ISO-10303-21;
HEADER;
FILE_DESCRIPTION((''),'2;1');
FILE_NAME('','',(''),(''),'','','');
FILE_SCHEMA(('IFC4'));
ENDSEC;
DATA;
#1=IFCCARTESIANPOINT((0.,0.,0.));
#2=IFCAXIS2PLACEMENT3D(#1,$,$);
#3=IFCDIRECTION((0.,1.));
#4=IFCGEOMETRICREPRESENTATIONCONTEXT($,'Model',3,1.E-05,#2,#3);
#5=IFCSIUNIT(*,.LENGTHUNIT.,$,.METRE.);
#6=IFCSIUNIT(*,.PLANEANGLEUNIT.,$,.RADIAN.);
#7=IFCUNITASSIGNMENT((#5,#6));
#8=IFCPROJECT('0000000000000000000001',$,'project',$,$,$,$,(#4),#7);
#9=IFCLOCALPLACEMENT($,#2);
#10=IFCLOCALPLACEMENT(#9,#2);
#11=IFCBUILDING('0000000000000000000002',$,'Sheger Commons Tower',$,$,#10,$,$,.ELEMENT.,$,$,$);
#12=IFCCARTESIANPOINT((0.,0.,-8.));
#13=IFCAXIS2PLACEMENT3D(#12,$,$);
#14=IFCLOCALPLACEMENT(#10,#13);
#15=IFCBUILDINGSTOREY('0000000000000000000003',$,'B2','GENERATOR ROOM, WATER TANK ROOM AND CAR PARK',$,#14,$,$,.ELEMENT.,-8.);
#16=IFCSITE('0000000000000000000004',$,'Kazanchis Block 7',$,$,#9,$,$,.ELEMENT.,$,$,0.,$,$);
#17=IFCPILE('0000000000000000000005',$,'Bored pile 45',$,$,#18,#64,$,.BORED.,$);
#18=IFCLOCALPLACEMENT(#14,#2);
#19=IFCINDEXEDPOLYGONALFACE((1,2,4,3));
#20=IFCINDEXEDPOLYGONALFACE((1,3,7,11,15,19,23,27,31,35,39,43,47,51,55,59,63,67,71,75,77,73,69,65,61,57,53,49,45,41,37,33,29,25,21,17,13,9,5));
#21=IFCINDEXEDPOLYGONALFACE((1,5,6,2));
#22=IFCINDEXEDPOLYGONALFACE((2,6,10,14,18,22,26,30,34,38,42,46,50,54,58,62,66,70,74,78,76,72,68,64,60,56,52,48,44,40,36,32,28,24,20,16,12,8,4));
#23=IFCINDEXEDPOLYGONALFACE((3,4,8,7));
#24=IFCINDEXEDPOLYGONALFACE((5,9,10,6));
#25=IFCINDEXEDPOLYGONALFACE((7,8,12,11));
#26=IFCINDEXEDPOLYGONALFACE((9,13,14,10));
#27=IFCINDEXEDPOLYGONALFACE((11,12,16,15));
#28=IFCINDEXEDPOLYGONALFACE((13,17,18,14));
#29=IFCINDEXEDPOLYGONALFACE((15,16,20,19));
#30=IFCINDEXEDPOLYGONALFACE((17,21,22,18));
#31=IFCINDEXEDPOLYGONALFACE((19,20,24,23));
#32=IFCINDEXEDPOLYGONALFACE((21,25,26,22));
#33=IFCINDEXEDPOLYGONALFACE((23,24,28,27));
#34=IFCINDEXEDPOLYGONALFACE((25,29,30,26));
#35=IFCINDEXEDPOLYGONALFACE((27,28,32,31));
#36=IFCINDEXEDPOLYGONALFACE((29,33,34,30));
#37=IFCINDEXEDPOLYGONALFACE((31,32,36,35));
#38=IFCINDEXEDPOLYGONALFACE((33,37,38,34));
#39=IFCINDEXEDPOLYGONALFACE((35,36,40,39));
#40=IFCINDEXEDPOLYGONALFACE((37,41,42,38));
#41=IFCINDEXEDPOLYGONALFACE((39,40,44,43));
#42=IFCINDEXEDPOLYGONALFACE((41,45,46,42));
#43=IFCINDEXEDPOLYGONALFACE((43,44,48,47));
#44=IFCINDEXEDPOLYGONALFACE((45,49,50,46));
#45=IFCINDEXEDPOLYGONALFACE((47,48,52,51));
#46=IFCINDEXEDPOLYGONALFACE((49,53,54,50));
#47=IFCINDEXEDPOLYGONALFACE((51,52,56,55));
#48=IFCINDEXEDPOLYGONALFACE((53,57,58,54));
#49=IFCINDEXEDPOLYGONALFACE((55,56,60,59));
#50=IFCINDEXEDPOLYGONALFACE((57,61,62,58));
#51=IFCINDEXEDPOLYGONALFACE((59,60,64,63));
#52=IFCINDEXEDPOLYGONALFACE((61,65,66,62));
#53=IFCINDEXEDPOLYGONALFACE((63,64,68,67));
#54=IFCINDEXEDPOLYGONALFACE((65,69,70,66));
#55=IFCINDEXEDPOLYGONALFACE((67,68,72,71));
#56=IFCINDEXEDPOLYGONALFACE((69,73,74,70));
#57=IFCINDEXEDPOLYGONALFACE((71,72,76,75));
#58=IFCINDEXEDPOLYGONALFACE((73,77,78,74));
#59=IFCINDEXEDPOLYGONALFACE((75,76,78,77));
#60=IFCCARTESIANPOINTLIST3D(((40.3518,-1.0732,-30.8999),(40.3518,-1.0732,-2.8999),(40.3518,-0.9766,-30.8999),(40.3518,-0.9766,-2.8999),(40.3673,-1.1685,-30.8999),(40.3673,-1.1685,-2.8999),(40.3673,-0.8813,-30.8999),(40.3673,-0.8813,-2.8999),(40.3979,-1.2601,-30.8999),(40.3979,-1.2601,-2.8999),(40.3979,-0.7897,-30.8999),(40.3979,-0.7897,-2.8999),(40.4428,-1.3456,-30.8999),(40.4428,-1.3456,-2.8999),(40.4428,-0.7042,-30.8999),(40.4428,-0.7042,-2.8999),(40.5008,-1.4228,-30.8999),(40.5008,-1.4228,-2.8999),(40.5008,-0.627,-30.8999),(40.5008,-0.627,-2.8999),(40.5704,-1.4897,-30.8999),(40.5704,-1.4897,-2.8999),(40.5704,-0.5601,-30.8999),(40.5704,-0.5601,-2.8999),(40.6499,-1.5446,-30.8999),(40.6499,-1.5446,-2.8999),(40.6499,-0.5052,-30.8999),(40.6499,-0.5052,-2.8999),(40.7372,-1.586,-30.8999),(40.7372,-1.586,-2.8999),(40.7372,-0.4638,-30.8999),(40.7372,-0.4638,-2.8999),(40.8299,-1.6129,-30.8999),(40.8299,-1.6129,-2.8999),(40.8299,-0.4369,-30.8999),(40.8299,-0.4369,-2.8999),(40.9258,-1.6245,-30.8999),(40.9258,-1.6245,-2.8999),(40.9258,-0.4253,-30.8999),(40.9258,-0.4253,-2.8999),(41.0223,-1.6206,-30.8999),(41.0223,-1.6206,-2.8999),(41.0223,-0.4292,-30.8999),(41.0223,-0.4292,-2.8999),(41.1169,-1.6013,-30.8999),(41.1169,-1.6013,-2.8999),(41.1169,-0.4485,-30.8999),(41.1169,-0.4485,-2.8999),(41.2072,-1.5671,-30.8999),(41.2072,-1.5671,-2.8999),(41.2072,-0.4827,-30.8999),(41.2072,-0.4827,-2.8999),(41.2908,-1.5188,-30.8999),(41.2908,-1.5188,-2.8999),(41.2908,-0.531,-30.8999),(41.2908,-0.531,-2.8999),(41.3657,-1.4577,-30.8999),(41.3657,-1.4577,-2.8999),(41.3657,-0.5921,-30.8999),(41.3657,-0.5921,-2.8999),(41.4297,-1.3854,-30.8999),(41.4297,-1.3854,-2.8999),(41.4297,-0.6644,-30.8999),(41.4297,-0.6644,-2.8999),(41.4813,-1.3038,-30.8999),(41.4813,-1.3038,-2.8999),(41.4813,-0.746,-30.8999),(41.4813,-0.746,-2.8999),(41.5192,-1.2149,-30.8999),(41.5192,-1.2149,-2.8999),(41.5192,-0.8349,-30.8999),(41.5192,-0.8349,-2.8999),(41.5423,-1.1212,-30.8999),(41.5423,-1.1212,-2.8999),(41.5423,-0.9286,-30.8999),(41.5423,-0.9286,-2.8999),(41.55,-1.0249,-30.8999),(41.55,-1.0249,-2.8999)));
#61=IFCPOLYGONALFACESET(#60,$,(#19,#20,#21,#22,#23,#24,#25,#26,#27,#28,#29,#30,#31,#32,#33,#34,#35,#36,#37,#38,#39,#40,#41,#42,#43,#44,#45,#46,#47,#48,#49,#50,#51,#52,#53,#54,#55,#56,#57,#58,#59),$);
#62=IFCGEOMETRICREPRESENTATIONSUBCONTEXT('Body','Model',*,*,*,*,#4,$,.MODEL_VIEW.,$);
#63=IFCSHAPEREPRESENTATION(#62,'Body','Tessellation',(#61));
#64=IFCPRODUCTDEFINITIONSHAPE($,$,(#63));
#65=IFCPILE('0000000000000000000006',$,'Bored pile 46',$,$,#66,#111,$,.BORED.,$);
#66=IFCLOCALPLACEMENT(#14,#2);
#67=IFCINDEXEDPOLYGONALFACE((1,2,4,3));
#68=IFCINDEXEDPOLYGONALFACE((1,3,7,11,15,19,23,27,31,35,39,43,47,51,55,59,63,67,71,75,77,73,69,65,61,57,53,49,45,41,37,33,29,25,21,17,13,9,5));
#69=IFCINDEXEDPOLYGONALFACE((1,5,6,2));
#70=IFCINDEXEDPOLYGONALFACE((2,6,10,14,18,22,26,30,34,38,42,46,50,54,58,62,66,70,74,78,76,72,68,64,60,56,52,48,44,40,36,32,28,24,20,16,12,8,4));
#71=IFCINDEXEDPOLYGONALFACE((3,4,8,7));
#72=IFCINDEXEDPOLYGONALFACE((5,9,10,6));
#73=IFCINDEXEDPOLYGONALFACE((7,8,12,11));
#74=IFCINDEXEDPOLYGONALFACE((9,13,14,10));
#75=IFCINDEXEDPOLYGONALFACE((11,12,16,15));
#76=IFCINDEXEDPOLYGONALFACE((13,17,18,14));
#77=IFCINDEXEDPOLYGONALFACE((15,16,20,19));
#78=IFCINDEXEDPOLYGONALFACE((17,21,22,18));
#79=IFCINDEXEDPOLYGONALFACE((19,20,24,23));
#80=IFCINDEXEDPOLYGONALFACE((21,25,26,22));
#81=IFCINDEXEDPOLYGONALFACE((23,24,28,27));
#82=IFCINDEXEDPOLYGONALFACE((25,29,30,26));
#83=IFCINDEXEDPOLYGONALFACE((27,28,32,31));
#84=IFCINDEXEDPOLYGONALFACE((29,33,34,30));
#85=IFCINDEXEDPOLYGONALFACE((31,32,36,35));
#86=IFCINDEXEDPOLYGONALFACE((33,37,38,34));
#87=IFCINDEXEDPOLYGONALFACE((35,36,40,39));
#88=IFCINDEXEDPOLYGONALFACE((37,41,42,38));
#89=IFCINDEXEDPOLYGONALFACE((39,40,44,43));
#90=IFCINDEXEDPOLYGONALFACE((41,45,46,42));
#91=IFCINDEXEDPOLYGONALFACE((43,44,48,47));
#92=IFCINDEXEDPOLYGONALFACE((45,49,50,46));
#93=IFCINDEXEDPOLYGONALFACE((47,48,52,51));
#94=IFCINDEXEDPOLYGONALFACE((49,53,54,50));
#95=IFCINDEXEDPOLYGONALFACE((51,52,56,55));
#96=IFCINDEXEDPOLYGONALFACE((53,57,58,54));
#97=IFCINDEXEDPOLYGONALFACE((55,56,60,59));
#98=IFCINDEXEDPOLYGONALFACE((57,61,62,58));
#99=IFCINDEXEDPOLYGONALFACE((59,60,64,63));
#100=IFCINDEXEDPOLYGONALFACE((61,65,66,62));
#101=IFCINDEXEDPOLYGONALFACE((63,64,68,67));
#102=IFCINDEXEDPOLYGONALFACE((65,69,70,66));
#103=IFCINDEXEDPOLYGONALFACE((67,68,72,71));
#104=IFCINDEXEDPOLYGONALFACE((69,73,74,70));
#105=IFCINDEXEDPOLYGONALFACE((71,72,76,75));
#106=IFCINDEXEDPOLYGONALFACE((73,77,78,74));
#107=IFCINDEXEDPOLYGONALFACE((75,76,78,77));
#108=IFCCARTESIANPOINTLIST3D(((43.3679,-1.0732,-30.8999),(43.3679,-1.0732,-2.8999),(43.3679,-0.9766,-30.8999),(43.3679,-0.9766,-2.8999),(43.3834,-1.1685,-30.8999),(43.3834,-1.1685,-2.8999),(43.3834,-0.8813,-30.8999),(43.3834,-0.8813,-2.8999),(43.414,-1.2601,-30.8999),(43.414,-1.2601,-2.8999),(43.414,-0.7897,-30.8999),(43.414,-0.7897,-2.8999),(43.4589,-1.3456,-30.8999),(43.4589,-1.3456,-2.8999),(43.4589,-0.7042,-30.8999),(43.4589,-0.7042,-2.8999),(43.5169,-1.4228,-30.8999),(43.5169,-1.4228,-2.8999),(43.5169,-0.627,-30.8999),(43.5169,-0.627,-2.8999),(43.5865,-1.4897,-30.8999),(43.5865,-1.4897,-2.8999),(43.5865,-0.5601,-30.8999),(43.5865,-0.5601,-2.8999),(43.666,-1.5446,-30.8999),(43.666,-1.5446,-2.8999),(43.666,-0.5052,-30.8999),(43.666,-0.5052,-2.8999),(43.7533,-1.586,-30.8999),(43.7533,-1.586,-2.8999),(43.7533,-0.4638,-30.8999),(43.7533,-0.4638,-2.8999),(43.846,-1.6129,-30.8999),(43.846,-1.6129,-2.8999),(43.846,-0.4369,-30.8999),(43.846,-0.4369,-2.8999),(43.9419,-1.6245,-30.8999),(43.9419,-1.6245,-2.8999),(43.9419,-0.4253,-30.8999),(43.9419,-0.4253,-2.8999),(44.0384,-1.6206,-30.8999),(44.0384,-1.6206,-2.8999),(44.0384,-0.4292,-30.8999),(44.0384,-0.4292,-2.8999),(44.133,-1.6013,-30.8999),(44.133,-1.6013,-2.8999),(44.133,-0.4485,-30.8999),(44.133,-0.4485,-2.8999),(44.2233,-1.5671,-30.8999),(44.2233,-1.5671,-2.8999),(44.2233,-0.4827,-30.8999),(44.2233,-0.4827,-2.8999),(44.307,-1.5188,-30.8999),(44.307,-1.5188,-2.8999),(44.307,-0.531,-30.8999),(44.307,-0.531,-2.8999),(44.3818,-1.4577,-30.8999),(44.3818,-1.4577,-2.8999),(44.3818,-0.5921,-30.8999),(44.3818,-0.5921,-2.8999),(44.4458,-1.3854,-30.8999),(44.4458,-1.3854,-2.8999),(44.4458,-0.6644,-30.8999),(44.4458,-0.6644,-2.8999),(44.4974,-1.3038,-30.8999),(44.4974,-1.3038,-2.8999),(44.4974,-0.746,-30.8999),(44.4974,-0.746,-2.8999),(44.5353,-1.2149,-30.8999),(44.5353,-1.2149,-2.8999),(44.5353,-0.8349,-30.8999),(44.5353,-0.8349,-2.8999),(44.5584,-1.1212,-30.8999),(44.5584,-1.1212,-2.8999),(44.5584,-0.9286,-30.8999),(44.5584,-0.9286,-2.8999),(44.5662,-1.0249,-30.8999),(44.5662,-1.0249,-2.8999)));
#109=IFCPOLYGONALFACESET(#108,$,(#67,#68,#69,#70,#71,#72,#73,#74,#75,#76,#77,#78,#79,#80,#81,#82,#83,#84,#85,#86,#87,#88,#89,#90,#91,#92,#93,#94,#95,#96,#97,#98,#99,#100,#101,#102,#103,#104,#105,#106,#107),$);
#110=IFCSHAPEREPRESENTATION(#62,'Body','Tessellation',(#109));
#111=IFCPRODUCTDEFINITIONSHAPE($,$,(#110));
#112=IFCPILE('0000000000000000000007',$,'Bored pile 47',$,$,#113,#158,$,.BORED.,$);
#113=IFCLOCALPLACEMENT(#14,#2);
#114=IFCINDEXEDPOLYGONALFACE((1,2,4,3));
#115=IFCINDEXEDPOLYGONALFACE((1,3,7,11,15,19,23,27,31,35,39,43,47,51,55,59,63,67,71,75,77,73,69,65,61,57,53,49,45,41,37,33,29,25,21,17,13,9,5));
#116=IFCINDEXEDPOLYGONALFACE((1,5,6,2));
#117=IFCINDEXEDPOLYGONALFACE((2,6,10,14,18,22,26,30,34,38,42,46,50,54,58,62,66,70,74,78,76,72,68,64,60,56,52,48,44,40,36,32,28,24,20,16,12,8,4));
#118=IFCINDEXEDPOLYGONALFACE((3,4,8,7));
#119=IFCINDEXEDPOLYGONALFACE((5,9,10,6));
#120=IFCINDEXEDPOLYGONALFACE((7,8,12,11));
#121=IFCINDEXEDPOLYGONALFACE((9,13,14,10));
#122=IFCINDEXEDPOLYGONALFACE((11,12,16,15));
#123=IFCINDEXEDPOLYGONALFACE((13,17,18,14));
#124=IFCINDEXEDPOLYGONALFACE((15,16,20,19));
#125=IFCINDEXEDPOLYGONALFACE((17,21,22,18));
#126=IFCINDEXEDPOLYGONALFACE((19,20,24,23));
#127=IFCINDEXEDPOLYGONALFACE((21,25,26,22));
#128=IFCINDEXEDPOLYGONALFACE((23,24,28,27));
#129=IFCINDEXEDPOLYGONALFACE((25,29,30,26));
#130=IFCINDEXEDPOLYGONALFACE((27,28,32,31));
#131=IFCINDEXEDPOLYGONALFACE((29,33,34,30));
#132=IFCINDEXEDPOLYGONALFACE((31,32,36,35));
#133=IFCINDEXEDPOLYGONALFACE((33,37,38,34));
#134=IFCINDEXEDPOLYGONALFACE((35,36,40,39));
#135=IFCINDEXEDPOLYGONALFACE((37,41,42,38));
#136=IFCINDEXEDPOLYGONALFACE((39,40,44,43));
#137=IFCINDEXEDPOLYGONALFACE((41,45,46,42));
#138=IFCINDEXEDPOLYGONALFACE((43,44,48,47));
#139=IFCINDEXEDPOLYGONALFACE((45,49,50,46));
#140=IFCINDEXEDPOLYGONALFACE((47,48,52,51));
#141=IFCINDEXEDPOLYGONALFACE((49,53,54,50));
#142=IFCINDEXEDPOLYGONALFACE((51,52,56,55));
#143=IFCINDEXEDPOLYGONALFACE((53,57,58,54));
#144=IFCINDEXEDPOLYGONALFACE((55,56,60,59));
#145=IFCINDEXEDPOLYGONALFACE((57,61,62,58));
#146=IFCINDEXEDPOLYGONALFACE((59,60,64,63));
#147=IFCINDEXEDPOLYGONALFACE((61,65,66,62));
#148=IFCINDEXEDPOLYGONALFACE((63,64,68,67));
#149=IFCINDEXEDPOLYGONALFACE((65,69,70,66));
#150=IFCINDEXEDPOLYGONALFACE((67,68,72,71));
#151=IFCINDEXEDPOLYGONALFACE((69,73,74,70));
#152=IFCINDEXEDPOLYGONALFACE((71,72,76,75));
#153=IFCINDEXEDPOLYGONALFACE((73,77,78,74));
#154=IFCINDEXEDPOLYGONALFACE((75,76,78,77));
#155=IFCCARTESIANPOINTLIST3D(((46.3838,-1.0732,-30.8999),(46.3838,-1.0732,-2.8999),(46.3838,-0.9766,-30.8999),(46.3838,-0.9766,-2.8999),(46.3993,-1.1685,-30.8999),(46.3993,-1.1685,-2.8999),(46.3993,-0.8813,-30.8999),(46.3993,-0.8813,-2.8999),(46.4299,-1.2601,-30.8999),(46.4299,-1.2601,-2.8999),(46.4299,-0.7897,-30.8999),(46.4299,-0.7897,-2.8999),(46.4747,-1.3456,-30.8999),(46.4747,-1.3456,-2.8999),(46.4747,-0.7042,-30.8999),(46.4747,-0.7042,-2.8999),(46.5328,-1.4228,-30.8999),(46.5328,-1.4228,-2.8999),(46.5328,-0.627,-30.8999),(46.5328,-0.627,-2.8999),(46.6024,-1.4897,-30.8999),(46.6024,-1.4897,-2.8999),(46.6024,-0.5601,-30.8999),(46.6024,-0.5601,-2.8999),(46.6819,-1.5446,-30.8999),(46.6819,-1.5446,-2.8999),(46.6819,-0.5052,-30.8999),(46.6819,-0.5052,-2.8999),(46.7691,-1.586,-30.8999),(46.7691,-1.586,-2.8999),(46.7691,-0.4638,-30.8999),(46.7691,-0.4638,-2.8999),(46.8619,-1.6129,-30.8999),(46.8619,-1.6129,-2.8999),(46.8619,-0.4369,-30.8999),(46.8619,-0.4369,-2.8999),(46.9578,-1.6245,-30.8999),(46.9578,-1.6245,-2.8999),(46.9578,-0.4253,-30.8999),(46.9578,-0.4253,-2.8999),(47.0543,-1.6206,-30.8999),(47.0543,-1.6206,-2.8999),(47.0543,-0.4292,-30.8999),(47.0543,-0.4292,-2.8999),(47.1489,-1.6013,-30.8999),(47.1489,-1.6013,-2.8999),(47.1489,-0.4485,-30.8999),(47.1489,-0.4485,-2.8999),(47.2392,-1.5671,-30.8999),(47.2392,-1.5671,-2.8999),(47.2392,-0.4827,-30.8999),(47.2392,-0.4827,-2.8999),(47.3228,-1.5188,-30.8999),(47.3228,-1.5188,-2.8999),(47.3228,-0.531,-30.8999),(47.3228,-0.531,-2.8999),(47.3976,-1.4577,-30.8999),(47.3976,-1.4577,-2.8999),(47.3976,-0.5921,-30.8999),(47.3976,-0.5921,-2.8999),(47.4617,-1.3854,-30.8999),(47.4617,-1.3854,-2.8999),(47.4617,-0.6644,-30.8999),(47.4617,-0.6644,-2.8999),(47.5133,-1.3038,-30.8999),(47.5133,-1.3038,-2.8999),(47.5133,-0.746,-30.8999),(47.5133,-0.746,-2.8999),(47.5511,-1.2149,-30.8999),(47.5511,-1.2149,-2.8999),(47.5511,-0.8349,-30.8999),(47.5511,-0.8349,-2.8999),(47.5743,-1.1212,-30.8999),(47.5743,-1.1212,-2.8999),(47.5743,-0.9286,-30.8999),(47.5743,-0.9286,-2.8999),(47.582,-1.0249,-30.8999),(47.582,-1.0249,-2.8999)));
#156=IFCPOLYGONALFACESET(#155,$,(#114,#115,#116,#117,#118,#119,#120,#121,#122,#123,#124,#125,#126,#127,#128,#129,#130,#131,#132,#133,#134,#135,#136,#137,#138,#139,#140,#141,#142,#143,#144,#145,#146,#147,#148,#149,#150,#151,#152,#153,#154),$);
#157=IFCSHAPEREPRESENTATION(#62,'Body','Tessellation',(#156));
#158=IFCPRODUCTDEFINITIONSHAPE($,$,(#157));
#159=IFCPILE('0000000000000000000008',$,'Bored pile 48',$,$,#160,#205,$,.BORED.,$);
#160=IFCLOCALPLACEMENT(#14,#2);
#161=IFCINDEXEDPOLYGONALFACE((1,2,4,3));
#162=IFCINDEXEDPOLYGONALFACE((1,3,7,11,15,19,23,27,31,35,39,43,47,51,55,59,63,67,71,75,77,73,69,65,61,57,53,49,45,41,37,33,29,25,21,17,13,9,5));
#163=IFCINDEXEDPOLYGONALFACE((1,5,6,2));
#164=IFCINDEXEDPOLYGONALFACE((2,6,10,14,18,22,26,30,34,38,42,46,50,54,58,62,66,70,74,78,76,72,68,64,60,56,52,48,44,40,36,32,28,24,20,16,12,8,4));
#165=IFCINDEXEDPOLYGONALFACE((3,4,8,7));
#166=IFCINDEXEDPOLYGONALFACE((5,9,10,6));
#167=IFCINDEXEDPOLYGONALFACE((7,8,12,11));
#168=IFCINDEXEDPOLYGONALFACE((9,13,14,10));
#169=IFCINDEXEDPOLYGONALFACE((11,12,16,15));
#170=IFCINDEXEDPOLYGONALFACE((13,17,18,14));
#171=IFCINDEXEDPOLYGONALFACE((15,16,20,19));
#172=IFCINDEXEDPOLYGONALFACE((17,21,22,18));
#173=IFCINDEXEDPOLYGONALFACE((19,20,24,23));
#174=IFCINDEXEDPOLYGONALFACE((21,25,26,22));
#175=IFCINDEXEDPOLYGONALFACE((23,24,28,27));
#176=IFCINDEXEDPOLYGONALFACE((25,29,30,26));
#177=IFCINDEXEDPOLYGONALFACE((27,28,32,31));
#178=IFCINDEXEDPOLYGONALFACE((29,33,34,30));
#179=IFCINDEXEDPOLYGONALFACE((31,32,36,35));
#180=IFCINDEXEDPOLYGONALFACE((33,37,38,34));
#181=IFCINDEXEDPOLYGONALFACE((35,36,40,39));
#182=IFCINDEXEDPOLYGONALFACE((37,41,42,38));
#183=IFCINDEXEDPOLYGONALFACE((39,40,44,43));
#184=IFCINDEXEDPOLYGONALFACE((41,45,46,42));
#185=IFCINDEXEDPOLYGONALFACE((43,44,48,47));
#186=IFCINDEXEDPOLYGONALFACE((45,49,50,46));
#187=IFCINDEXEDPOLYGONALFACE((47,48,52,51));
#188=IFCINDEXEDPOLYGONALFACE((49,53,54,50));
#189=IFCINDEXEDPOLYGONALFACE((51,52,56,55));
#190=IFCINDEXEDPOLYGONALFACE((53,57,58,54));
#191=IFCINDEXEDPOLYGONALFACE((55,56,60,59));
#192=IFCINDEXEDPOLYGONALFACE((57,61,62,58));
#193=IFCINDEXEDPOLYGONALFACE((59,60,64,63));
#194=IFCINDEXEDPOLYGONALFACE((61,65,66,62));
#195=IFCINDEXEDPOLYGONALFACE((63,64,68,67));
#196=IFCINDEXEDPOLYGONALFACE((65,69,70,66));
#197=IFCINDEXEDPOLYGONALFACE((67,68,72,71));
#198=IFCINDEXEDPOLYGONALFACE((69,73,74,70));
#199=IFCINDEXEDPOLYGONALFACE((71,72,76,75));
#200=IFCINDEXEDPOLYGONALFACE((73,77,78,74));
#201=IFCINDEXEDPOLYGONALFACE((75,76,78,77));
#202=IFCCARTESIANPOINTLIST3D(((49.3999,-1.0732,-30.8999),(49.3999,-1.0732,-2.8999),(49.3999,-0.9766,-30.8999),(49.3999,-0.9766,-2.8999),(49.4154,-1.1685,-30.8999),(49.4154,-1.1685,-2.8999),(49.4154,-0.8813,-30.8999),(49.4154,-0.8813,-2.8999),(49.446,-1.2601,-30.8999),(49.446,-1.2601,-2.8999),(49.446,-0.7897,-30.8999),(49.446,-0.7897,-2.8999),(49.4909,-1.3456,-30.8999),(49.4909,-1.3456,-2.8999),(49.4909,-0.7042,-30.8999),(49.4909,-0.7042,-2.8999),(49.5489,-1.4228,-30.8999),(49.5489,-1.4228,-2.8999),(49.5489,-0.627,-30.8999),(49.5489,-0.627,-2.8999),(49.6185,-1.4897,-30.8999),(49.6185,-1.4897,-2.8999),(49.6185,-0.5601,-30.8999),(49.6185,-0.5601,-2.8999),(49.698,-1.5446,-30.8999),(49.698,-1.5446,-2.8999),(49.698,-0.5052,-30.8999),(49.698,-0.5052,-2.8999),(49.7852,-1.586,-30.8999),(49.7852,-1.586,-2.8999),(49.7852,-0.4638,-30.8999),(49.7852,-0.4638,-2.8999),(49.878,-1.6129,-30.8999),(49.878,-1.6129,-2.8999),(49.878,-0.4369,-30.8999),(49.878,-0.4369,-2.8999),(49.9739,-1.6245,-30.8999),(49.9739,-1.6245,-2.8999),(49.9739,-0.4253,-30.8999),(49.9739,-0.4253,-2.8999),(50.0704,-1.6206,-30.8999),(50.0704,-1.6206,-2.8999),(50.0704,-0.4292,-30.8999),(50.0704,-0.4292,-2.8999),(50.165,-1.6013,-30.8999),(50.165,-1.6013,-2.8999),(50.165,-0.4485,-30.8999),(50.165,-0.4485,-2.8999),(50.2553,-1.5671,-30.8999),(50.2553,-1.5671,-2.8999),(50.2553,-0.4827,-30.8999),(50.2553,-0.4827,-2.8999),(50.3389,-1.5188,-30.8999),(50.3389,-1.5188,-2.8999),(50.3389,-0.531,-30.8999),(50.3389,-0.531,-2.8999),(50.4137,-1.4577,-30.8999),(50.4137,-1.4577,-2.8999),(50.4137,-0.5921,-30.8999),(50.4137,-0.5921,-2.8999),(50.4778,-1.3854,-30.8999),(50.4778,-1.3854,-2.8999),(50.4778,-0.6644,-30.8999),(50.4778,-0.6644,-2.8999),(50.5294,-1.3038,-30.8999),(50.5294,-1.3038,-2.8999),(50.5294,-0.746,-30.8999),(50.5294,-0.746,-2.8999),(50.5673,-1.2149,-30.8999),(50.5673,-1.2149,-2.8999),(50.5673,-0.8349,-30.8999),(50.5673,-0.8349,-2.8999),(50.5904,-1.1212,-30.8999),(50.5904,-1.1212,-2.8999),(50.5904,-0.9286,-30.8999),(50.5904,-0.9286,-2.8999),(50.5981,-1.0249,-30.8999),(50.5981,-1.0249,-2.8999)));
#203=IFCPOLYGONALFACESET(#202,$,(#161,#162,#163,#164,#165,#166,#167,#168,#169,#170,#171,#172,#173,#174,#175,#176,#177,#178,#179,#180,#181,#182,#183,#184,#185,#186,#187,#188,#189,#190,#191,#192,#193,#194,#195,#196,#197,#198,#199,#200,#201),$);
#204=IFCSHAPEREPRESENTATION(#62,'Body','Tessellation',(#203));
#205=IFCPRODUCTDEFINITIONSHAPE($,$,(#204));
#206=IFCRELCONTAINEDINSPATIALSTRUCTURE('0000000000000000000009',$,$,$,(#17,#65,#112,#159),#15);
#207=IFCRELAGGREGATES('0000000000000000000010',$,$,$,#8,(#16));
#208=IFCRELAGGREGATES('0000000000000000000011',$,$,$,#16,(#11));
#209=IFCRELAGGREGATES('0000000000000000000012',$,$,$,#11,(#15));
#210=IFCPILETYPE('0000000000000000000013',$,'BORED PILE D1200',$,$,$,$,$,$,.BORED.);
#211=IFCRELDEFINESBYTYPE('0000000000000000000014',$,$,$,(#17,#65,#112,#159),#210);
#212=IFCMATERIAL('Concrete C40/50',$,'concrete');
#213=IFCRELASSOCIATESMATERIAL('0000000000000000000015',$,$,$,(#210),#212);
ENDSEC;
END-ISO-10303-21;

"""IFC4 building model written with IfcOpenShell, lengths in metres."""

from ifc_helpers import new_model, si_unit, direction, frame, origin, origin_2d, place, context, subcontext, project, spatial, circle, extrude, material, material_profile, profile_set, type_object, element, save


model = new_model("IFC4")

# Units and contexts
model_context = context("Model", 3, precision=1e-05, world=origin(), true_north=direction((0.0, 1.0)))
body_context = subcontext(model_context, "Body", "Model", "MODEL_VIEW")
ifc_project = project(units=[si_unit("LENGTHUNIT", "METRE"), si_unit("PLANEANGLEUNIT", "RADIAN")], contexts=[model_context])

# Site, building, storey
site_placement = place(None, origin())
site = spatial("IfcSite", under=ifc_project, at=site_placement, Name="Kazanchis Block 7", CompositionType="ELEMENT", RefElevation=0.0)
building_placement = place(site_placement, origin())
building = spatial("IfcBuilding", under=site, at=building_placement, Name="Sheger Commons Tower", CompositionType="ELEMENT")
storey_placement = place(building_placement, frame((0.0, 0.0, -8.0)))
storey = spatial("IfcBuildingStorey", under=building, at=storey_placement, Name="B2", Description="GENERATOR ROOM, WATER TANK ROOM AND CAR PARK", CompositionType="ELEMENT", Elevation=-8.0)

# Piles
ifc_material_1 = material(Name="Concrete C40/50", Category="concrete")
ifc_material_profile_1 = material_profile(ifc_material_1, circle(Radius=0.6001, at=origin_2d()), Name="PILE D1200")
ifc_profile_set_1 = profile_set([ifc_material_profile_1], Name="Concrete C40/50")
pile_type = type_object("IfcPileType", Name="BORED PILE D1200", PredefinedType="BORED", material=ifc_profile_set_1)
for number, where, z_axis, x_axis, name in (
    (1, (40.95, -1.0249, -2.8999), (0.0, 0.0, -1.0), (1.0, 0.0, 0.0), "Bored pile 45"),
    (2, (43.9661, -1.0249, -2.8999), (0.0, 0.0, -1.0), (1.0, 0.0, 0.0), "Bored pile 46"),
    (3, (46.9819, -1.0249, -2.8999), (0.0, 0.0, -1.0), (1.0, 0.0, 0.0), "Bored pile 47"),
    (4, (49.998, -1.0249, -2.8999), (0.0, 0.0, -1.0), (1.0, 0.0, 0.0), "Bored pile 48"),
):
    element("IfcPile", number, at=place(storey_placement, frame(where, z_axis=z_axis, x_axis=x_axis)), inside=storey, type_object=pile_type, Name=name, PredefinedType="BORED", context=body_context, shape_type="SweptSolid", body=[
        extrude(circle(Radius=0.6001, at=origin_2d()), origin(), (0.0, 0.0, 1.0), 28.0),
    ])

save(model, "model.ifc")
